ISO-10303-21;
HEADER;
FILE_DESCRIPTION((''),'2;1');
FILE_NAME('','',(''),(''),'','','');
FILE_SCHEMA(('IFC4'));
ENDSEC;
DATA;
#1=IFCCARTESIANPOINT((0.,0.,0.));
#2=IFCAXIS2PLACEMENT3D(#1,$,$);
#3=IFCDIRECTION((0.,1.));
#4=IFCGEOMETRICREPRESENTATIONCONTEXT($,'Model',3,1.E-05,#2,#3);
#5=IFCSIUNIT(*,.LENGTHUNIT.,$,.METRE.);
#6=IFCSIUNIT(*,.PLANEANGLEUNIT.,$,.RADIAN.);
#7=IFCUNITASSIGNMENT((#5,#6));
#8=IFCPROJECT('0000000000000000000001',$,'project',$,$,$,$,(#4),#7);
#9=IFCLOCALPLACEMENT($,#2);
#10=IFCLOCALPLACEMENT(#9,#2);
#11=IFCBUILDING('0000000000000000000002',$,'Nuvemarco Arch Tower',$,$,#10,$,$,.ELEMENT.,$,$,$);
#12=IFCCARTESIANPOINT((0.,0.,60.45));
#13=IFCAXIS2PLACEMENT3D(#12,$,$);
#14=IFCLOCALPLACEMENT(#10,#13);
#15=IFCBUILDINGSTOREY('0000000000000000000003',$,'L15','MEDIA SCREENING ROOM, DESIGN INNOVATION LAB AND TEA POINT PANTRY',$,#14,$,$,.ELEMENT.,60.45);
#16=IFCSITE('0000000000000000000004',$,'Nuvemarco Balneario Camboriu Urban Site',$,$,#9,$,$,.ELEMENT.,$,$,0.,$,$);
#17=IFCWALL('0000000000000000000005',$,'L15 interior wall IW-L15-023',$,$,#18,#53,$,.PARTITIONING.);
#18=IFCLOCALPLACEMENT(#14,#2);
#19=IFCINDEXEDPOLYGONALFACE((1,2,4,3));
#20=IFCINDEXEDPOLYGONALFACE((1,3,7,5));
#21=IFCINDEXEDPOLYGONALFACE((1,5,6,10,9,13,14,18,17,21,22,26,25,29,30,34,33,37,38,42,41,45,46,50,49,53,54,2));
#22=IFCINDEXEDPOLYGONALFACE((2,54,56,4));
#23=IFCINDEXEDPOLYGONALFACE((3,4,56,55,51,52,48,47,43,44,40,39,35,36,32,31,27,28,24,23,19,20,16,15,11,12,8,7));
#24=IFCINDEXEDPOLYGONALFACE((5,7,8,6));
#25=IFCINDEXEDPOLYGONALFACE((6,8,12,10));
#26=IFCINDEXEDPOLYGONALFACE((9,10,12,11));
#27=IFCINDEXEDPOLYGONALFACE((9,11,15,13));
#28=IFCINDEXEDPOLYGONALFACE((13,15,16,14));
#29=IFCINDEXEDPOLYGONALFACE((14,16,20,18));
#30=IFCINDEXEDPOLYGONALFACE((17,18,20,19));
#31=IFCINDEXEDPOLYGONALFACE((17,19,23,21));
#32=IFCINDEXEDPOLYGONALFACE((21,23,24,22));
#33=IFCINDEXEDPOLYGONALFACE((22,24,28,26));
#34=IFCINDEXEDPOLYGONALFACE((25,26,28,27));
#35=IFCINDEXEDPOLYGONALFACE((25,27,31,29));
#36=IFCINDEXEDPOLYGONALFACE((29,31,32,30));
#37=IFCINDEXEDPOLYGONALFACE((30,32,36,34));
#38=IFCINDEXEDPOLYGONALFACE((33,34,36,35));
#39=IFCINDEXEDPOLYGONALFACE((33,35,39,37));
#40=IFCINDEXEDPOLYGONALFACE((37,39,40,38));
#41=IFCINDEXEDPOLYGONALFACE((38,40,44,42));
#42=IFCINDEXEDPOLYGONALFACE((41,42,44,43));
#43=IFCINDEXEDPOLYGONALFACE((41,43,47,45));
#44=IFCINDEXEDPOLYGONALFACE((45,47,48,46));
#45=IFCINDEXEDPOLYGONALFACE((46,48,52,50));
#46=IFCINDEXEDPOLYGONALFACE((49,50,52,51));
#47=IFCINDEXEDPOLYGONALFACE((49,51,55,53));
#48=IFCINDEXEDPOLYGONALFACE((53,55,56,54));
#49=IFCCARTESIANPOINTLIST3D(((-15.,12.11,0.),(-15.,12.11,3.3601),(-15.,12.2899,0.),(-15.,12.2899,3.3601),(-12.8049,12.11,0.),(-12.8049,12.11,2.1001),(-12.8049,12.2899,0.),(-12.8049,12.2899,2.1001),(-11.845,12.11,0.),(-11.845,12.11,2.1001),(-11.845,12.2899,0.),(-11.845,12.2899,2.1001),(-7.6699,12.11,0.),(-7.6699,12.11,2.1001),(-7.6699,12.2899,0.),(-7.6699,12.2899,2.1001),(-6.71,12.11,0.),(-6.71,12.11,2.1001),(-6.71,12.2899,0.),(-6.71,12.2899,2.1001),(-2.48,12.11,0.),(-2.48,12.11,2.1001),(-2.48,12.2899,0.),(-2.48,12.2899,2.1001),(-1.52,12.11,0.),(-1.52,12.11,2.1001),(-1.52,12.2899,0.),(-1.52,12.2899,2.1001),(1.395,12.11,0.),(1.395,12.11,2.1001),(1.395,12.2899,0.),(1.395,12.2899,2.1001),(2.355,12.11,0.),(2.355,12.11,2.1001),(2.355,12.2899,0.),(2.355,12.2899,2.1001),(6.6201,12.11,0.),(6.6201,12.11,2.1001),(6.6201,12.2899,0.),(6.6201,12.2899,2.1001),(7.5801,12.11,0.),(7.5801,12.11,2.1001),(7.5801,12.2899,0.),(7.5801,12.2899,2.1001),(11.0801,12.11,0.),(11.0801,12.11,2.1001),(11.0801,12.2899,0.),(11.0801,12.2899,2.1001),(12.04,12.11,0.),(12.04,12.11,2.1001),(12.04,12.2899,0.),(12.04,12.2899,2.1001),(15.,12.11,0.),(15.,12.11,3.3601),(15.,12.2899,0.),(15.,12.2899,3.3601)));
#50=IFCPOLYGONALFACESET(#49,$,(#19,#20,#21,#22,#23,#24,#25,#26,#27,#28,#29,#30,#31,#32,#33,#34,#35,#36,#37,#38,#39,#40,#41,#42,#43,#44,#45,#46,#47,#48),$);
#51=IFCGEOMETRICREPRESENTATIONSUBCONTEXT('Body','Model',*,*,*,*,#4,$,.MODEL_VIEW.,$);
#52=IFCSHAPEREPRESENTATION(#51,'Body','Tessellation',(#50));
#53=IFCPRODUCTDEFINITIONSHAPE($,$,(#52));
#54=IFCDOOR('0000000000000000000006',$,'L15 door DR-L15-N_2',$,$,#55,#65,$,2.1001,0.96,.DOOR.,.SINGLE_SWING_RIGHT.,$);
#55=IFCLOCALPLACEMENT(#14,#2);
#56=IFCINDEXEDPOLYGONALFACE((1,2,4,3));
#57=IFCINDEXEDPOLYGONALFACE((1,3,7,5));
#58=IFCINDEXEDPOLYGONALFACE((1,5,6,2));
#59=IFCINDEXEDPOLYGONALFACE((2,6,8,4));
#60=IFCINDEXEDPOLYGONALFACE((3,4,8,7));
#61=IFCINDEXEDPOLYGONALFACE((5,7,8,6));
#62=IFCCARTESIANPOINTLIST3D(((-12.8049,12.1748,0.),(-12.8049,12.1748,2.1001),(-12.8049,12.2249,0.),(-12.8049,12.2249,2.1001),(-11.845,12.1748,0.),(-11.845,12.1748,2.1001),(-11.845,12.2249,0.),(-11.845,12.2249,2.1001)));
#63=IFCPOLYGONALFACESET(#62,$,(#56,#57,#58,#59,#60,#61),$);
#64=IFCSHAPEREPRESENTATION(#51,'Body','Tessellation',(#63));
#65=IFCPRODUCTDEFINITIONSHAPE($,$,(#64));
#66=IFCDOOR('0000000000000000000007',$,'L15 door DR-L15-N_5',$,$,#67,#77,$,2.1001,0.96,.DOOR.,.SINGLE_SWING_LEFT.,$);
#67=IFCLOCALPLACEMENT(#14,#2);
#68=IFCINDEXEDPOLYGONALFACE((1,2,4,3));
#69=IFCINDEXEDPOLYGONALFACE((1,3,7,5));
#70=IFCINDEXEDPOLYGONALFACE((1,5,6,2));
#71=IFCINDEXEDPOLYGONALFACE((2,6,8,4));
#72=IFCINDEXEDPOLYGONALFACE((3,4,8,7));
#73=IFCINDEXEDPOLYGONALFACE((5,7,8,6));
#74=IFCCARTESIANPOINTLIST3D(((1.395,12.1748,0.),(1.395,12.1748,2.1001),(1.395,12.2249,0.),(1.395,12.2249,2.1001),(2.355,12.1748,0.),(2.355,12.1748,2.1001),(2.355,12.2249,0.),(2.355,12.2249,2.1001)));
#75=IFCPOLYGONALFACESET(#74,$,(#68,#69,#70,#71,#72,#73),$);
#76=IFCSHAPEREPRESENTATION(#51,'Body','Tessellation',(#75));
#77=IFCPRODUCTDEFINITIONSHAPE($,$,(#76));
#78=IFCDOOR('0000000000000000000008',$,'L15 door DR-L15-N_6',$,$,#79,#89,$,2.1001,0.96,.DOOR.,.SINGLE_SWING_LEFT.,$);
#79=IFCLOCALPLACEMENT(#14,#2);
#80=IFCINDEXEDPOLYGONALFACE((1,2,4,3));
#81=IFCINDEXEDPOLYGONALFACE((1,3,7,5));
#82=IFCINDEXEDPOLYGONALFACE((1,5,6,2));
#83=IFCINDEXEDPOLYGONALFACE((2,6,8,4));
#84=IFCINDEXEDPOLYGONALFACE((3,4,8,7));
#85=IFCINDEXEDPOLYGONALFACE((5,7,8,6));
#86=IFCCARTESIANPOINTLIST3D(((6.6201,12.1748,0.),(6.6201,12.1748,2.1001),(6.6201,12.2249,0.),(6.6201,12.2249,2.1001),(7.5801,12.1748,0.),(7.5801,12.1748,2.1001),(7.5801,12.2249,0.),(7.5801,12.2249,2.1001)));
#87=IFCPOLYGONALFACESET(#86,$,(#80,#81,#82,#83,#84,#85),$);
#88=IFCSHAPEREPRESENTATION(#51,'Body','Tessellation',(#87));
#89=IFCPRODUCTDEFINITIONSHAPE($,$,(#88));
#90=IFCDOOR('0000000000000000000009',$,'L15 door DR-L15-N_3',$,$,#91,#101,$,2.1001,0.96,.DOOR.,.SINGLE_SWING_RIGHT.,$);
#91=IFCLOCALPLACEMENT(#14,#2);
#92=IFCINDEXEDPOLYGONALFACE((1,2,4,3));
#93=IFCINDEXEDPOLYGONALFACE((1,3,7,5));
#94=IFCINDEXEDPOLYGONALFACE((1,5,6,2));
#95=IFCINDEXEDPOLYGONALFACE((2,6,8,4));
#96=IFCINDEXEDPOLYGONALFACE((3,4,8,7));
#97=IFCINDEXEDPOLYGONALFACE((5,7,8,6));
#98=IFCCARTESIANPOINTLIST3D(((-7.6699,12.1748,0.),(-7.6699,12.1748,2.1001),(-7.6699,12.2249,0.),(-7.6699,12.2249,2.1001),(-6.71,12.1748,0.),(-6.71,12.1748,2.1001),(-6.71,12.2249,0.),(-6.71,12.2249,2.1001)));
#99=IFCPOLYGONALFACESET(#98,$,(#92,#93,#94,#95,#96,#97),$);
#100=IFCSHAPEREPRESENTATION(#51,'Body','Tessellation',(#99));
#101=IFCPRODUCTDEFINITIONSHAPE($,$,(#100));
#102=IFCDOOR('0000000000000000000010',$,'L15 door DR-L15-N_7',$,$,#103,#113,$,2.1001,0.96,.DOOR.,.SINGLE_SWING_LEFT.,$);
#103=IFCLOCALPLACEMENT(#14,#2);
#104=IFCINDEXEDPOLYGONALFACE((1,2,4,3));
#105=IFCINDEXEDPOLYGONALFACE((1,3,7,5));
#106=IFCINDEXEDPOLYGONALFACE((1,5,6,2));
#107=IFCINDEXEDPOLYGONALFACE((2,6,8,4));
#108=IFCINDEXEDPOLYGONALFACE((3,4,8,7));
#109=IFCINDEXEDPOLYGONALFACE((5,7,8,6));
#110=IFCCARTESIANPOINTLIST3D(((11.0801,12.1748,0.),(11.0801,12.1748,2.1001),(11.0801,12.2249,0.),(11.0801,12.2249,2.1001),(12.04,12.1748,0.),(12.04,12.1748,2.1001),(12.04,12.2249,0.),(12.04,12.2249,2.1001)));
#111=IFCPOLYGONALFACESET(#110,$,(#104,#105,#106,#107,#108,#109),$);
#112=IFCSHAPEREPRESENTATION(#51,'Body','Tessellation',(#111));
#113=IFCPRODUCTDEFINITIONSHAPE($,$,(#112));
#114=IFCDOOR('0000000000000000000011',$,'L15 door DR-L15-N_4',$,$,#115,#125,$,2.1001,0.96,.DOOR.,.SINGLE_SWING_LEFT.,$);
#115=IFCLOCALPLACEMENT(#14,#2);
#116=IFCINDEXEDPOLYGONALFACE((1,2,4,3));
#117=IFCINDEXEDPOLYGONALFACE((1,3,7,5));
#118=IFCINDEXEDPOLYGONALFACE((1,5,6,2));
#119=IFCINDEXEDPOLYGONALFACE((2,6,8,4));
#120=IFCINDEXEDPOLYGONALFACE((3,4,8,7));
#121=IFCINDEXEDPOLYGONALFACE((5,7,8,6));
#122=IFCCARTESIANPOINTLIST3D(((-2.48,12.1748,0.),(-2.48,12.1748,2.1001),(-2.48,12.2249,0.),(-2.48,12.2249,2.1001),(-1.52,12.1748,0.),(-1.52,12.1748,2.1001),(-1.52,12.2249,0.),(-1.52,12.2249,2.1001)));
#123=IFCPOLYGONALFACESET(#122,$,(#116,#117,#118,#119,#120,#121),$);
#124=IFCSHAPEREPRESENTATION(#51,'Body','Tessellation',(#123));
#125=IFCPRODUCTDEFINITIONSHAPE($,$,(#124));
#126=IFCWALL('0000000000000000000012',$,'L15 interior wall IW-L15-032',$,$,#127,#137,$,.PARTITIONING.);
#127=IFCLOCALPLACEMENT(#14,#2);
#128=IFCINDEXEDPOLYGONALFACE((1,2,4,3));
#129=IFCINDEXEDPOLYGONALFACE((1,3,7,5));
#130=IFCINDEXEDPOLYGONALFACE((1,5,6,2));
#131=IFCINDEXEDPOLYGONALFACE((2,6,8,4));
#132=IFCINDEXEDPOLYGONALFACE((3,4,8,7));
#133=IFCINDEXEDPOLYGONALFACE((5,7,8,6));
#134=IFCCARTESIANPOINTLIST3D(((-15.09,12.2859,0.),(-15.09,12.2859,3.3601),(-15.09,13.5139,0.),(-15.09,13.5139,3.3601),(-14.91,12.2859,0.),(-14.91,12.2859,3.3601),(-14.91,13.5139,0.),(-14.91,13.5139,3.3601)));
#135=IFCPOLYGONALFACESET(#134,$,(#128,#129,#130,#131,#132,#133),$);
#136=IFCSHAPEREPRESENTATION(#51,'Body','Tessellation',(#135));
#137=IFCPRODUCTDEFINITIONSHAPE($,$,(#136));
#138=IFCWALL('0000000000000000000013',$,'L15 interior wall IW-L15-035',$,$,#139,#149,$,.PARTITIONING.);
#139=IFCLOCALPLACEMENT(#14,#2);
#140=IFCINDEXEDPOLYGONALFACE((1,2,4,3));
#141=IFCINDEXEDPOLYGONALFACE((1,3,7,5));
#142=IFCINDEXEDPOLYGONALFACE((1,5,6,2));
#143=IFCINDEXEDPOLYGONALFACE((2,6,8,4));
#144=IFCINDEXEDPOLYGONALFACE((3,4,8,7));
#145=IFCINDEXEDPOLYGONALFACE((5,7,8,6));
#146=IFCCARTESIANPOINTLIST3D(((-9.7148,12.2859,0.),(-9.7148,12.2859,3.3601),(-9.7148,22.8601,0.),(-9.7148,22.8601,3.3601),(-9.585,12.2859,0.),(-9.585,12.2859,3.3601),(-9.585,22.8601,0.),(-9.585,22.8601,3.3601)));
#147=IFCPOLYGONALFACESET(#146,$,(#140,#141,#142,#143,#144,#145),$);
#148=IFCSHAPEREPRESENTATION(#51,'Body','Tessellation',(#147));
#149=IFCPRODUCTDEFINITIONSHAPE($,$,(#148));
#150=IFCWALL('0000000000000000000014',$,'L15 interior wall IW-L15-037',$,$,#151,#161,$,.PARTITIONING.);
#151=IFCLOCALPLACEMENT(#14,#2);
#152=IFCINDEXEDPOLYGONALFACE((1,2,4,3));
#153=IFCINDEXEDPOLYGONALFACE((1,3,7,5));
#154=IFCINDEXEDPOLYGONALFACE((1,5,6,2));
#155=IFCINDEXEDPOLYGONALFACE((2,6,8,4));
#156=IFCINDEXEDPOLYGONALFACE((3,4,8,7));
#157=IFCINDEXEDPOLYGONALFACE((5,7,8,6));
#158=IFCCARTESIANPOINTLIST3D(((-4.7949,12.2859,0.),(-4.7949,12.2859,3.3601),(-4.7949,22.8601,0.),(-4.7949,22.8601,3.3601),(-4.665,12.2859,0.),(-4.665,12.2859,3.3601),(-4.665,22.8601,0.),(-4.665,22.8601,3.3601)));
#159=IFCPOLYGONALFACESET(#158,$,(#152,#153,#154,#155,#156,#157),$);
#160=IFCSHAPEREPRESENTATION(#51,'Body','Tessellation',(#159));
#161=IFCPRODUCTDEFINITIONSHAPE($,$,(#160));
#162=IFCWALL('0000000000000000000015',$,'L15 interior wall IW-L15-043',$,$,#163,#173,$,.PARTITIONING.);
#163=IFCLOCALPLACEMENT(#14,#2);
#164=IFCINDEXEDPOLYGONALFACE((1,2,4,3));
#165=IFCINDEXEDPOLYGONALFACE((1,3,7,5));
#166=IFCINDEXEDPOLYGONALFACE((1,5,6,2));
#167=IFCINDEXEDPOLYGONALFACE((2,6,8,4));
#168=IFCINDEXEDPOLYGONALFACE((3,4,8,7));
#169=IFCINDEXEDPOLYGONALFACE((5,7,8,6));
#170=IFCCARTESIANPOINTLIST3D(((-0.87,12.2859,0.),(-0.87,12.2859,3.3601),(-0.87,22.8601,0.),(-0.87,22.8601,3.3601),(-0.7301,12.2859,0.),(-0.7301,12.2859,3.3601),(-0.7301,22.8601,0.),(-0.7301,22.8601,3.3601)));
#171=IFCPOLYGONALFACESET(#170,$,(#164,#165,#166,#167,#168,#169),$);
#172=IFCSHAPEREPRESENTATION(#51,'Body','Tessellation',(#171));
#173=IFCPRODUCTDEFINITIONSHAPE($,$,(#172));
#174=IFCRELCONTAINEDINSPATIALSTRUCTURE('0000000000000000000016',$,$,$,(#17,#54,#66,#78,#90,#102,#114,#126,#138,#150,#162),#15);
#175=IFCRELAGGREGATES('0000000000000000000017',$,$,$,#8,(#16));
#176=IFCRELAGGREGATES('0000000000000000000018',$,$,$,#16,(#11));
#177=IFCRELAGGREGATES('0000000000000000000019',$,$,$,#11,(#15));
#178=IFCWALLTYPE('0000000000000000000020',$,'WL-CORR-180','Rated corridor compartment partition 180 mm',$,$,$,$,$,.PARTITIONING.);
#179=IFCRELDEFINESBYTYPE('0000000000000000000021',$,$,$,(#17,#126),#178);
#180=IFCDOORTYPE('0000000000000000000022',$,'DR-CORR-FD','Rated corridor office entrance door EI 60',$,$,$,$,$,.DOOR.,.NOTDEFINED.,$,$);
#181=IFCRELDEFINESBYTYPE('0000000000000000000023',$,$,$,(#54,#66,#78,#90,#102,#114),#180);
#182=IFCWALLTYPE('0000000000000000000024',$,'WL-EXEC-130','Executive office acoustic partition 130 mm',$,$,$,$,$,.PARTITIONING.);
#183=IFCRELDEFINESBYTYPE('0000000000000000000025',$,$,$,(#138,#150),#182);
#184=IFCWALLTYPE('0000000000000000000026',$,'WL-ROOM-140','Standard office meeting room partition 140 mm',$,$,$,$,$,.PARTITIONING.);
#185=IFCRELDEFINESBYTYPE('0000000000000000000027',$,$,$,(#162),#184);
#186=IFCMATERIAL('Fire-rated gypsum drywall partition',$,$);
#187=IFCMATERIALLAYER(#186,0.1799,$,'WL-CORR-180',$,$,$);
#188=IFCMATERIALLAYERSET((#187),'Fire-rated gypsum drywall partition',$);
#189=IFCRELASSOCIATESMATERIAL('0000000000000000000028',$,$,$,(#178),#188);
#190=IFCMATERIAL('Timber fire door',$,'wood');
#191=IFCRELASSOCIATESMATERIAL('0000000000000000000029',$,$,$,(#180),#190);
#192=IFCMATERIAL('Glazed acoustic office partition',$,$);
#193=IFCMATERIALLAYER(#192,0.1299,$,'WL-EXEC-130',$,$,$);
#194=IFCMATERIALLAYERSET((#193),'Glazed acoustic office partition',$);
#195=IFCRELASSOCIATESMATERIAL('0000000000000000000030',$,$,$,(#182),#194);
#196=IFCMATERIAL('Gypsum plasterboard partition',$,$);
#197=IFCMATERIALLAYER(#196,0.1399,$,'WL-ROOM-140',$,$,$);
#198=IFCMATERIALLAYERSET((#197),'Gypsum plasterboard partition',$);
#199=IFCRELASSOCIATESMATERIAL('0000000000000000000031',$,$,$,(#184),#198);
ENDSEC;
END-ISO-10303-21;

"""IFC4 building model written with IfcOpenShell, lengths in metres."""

from ifc_helpers import new_model, si_unit, direction, frame, frame_2d, origin, place, context, subcontext, project, spatial, rectangle, extrude, source, transform, mapped, material, layer, layer_set, type_object, type_shapes, element, fill, save


model = new_model("IFC4")

# Units and contexts
model_context = context("Model", 3, precision=1e-05, world=origin(), true_north=direction((0.0, 1.0)))
body_context = subcontext(model_context, "Body", "Model", "MODEL_VIEW")
ifc_project = project(units=[si_unit("LENGTHUNIT", "METRE"), si_unit("PLANEANGLEUNIT", "RADIAN")], contexts=[model_context])

# Site, building, storey
site_placement = place(None, origin())
site = spatial("IfcSite", under=ifc_project, at=site_placement, Name="Nuvemarco Balneario Camboriu Urban Site", CompositionType="ELEMENT", RefElevation=0.0)
building_placement = place(site_placement, origin())
building = spatial("IfcBuilding", under=site, at=building_placement, Name="Nuvemarco Arch Tower", CompositionType="ELEMENT")
storey_placement = place(building_placement, frame((0.0, 0.0, 60.45)))
storey = spatial("IfcBuildingStorey", under=building, at=storey_placement, Name="L15", Description="MEDIA SCREENING ROOM, DESIGN INNOVATION LAB AND TEA POINT PANTRY", CompositionType="ELEMENT", Elevation=60.45)

# Shared definitions
ifc_material_1 = material(Name="Fire-rated gypsum drywall partition")
ifc_layer_1 = layer(ifc_material_1, 0.1799, Name="WL-CORR-180")
ifc_layer_set_1 = layer_set([ifc_layer_1], Name="Fire-rated gypsum drywall partition")
wall_type_1 = type_object("IfcWallType", Name="WL-CORR-180", Description="Rated corridor compartment partition 180 mm", PredefinedType="PARTITIONING", material=ifc_layer_set_1)
ifc_material_2 = material(Name="Timber fire door", Category="wood")
door_type = type_object("IfcDoorType", Name="DR-CORR-FD", Description="Rated corridor office entrance door EI 60", OperationType="NOTDEFINED", PredefinedType="DOOR", material=ifc_material_2)
shared_shape_1 = source(origin(), body_context, "Body", "SweptSolid", [
    extrude(rectangle(XDim=0.96, YDim=2.1001, at=frame_2d((0.48, 1.05))), frame((0.0, 0.0249, 0.0), z_axis=(0.0, -1.0, 0.0), x_axis=(1.0, 0.0, 0.0)), (0.0, 0.0, 1.0), 0.05),
])
type_shapes(door_type, [shared_shape_1])

# Wall, openings, doors
wall_1_placement = place(storey_placement, frame((-15.0, 12.2, 0.0), z_axis=(0.0, 0.0, 1.0), x_axis=(1.0, 0.0, 0.0)))
wall_1 = element("IfcWall", 1, at=wall_1_placement, inside=storey, type_object=wall_type_1, Name="L15 interior wall IW-L15-023", PredefinedType="PARTITIONING", context=body_context, shape_type="SweptSolid", body=[
    extrude(rectangle(XDim=30.0, YDim=0.1799, at=frame_2d((15.0, 0.0))), origin(), (0.0, 0.0, 1.0), 3.3601),
])
opening_1_placement = place(wall_1_placement, frame((2.1951, 0.0, 0.0)))
opening_1 = element("IfcOpeningElement", 2, at=opening_1_placement, cuts=wall_1, PredefinedType="OPENING", context=body_context, shape_type="SweptSolid", body=[
    extrude(rectangle(XDim=0.96, YDim=2.1001, at=frame_2d((0.48, 1.05))), frame((0.0, 0.0999, 0.0), z_axis=(0.0, -1.0, 0.0), x_axis=(1.0, 0.0, 0.0)), (0.0, 0.0, 1.0), 0.2),
])
opening_2_placement = place(wall_1_placement, frame((16.395, 0.0, 0.0)))
opening_2 = element("IfcOpeningElement", 3, at=opening_2_placement, cuts=wall_1, PredefinedType="OPENING", context=body_context, shape_type="SweptSolid", body=[
    extrude(rectangle(XDim=0.96, YDim=2.1001, at=frame_2d((0.48, 1.05))), frame((0.0, 0.0999, 0.0), z_axis=(0.0, -1.0, 0.0), x_axis=(1.0, 0.0, 0.0)), (0.0, 0.0, 1.0), 0.2),
])
opening_3_placement = place(wall_1_placement, frame((21.6201, 0.0, 0.0)))
opening_3 = element("IfcOpeningElement", 4, at=opening_3_placement, cuts=wall_1, PredefinedType="OPENING", context=body_context, shape_type="SweptSolid", body=[
    extrude(rectangle(XDim=0.96, YDim=2.1001, at=frame_2d((0.48, 1.05))), frame((0.0, 0.0999, 0.0), z_axis=(0.0, -1.0, 0.0), x_axis=(1.0, 0.0, 0.0)), (0.0, 0.0, 1.0), 0.2),
])
opening_4_placement = place(wall_1_placement, frame((7.3301, 0.0, 0.0)))
opening_4 = element("IfcOpeningElement", 5, at=opening_4_placement, cuts=wall_1, PredefinedType="OPENING", context=body_context, shape_type="SweptSolid", body=[
    extrude(rectangle(XDim=0.96, YDim=2.1001, at=frame_2d((0.48, 1.05))), frame((0.0, 0.0999, 0.0), z_axis=(0.0, -1.0, 0.0), x_axis=(1.0, 0.0, 0.0)), (0.0, 0.0, 1.0), 0.2),
])
opening_5_placement = place(wall_1_placement, frame((26.0801, 0.0, 0.0)))
opening_5 = element("IfcOpeningElement", 6, at=opening_5_placement, cuts=wall_1, PredefinedType="OPENING", context=body_context, shape_type="SweptSolid", body=[
    extrude(rectangle(XDim=0.96, YDim=2.1001, at=frame_2d((0.48, 1.05))), frame((0.0, 0.0999, 0.0), z_axis=(0.0, -1.0, 0.0), x_axis=(1.0, 0.0, 0.0)), (0.0, 0.0, 1.0), 0.2),
])
opening_6_placement = place(wall_1_placement, frame((12.52, 0.0, 0.0)))
opening_6 = element("IfcOpeningElement", 7, at=opening_6_placement, cuts=wall_1, PredefinedType="OPENING", context=body_context, shape_type="SweptSolid", body=[
    extrude(rectangle(XDim=0.96, YDim=2.1001, at=frame_2d((0.48, 1.05))), frame((0.0, 0.0999, 0.0), z_axis=(0.0, -1.0, 0.0), x_axis=(1.0, 0.0, 0.0)), (0.0, 0.0, 1.0), 0.2),
])
door_1_placement = place(opening_1_placement, origin())
door_1 = element("IfcDoor", 8, at=door_1_placement, inside=storey, type_object=door_type, Name="L15 door DR-L15-N_2", OperationType="SINGLE_SWING_RIGHT", OverallHeight=2.1001, OverallWidth=0.96, PredefinedType="DOOR", context=body_context, shape_type="MappedRepresentation", body=[
    mapped(shared_shape_1, transform((0.0, 0.0, 0.0), scale=1.0)),
])
fill(opening_1, door_1)
door_2_placement = place(opening_2_placement, origin())
door_2 = element("IfcDoor", 9, at=door_2_placement, inside=storey, type_object=door_type, Name="L15 door DR-L15-N_5", OperationType="SINGLE_SWING_LEFT", OverallHeight=2.1001, OverallWidth=0.96, PredefinedType="DOOR", context=body_context, shape_type="MappedRepresentation", body=[
    mapped(shared_shape_1, transform((0.0, 0.0, 0.0), scale=1.0)),
])
fill(opening_2, door_2)
door_3_placement = place(opening_3_placement, origin())
door_3 = element("IfcDoor", 10, at=door_3_placement, inside=storey, type_object=door_type, Name="L15 door DR-L15-N_6", OperationType="SINGLE_SWING_LEFT", OverallHeight=2.1001, OverallWidth=0.96, PredefinedType="DOOR", context=body_context, shape_type="MappedRepresentation", body=[
    mapped(shared_shape_1, transform((0.0, 0.0, 0.0), scale=1.0)),
])
fill(opening_3, door_3)
door_4_placement = place(opening_4_placement, origin())
door_4 = element("IfcDoor", 11, at=door_4_placement, inside=storey, type_object=door_type, Name="L15 door DR-L15-N_3", OperationType="SINGLE_SWING_RIGHT", OverallHeight=2.1001, OverallWidth=0.96, PredefinedType="DOOR", context=body_context, shape_type="MappedRepresentation", body=[
    mapped(shared_shape_1, transform((0.0, 0.0, 0.0), scale=1.0)),
])
fill(opening_4, door_4)
door_5_placement = place(opening_5_placement, origin())
door_5 = element("IfcDoor", 12, at=door_5_placement, inside=storey, type_object=door_type, Name="L15 door DR-L15-N_7", OperationType="SINGLE_SWING_LEFT", OverallHeight=2.1001, OverallWidth=0.96, PredefinedType="DOOR", context=body_context, shape_type="MappedRepresentation", body=[
    mapped(shared_shape_1, transform((0.0, 0.0, 0.0), scale=1.0)),
])
fill(opening_5, door_5)
door_6_placement = place(opening_6_placement, origin())
door_6 = element("IfcDoor", 13, at=door_6_placement, inside=storey, type_object=door_type, Name="L15 door DR-L15-N_4", OperationType="SINGLE_SWING_LEFT", OverallHeight=2.1001, OverallWidth=0.96, PredefinedType="DOOR", context=body_context, shape_type="MappedRepresentation", body=[
    mapped(shared_shape_1, transform((0.0, 0.0, 0.0), scale=1.0)),
])
fill(opening_6, door_6)

# Walls
wall_2_placement = place(storey_placement, frame((-15.0, 12.2859, 0.0), z_axis=(0.0, 0.0, 1.0), x_axis=(0.0, 1.0, 0.0)))
element("IfcWall", 14, at=wall_2_placement, inside=storey, type_object=wall_type_1, Name="L15 interior wall IW-L15-032", PredefinedType="PARTITIONING", context=body_context, shape_type="SweptSolid", body=[
    extrude(rectangle(XDim=1.228, YDim=0.1799, at=frame_2d((0.614, 0.0))), origin(), (0.0, 0.0, 1.0), 3.3601),
])
ifc_material_3 = material(Name="Glazed acoustic office partition")
ifc_layer_2 = layer(ifc_material_3, 0.1299, Name="WL-EXEC-130")
ifc_layer_set_2 = layer_set([ifc_layer_2], Name="Glazed acoustic office partition")
wall_type_2 = type_object("IfcWallType", Name="WL-EXEC-130", Description="Executive office acoustic partition 130 mm", PredefinedType="PARTITIONING", material=ifc_layer_set_2)
for number, where, z_axis, x_axis, name in (
    (15, (-9.6499, 12.2859, 0.0), (0.0, 0.0, 1.0), (0.0, 1.0, 0.0), "L15 interior wall IW-L15-035"),
    (16, (-4.73, 12.2859, 0.0), (0.0, 0.0, 1.0), (0.0, 1.0, 0.0), "L15 interior wall IW-L15-037"),
):
    element("IfcWall", number, at=place(storey_placement, frame(where, z_axis=z_axis, x_axis=x_axis)), inside=storey, type_object=wall_type_2, Name=name, PredefinedType="PARTITIONING", context=body_context, shape_type="SweptSolid", body=[
        extrude(rectangle(XDim=10.5742, YDim=0.1299, at=frame_2d((5.2871, 0.0))), origin(), (0.0, 0.0, 1.0), 3.3601),
    ])
ifc_material_4 = material(Name="Gypsum plasterboard partition")
ifc_layer_3 = layer(ifc_material_4, 0.1399, Name="WL-ROOM-140")
ifc_layer_set_3 = layer_set([ifc_layer_3], Name="Gypsum plasterboard partition")
wall_type_3 = type_object("IfcWallType", Name="WL-ROOM-140", Description="Standard office meeting room partition 140 mm", PredefinedType="PARTITIONING", material=ifc_layer_set_3)
wall_3_placement = place(storey_placement, frame((-0.8, 12.2859, 0.0), z_axis=(0.0, 0.0, 1.0), x_axis=(0.0, 1.0, 0.0)))
element("IfcWall", 17, at=wall_3_placement, inside=storey, type_object=wall_type_3, Name="L15 interior wall IW-L15-043", PredefinedType="PARTITIONING", context=body_context, shape_type="SweptSolid", body=[
    extrude(rectangle(XDim=10.5742, YDim=0.1399, at=frame_2d((5.2871, 0.0))), origin(), (0.0, 0.0, 1.0), 3.3601),
])

save(model, "model.ifc")
